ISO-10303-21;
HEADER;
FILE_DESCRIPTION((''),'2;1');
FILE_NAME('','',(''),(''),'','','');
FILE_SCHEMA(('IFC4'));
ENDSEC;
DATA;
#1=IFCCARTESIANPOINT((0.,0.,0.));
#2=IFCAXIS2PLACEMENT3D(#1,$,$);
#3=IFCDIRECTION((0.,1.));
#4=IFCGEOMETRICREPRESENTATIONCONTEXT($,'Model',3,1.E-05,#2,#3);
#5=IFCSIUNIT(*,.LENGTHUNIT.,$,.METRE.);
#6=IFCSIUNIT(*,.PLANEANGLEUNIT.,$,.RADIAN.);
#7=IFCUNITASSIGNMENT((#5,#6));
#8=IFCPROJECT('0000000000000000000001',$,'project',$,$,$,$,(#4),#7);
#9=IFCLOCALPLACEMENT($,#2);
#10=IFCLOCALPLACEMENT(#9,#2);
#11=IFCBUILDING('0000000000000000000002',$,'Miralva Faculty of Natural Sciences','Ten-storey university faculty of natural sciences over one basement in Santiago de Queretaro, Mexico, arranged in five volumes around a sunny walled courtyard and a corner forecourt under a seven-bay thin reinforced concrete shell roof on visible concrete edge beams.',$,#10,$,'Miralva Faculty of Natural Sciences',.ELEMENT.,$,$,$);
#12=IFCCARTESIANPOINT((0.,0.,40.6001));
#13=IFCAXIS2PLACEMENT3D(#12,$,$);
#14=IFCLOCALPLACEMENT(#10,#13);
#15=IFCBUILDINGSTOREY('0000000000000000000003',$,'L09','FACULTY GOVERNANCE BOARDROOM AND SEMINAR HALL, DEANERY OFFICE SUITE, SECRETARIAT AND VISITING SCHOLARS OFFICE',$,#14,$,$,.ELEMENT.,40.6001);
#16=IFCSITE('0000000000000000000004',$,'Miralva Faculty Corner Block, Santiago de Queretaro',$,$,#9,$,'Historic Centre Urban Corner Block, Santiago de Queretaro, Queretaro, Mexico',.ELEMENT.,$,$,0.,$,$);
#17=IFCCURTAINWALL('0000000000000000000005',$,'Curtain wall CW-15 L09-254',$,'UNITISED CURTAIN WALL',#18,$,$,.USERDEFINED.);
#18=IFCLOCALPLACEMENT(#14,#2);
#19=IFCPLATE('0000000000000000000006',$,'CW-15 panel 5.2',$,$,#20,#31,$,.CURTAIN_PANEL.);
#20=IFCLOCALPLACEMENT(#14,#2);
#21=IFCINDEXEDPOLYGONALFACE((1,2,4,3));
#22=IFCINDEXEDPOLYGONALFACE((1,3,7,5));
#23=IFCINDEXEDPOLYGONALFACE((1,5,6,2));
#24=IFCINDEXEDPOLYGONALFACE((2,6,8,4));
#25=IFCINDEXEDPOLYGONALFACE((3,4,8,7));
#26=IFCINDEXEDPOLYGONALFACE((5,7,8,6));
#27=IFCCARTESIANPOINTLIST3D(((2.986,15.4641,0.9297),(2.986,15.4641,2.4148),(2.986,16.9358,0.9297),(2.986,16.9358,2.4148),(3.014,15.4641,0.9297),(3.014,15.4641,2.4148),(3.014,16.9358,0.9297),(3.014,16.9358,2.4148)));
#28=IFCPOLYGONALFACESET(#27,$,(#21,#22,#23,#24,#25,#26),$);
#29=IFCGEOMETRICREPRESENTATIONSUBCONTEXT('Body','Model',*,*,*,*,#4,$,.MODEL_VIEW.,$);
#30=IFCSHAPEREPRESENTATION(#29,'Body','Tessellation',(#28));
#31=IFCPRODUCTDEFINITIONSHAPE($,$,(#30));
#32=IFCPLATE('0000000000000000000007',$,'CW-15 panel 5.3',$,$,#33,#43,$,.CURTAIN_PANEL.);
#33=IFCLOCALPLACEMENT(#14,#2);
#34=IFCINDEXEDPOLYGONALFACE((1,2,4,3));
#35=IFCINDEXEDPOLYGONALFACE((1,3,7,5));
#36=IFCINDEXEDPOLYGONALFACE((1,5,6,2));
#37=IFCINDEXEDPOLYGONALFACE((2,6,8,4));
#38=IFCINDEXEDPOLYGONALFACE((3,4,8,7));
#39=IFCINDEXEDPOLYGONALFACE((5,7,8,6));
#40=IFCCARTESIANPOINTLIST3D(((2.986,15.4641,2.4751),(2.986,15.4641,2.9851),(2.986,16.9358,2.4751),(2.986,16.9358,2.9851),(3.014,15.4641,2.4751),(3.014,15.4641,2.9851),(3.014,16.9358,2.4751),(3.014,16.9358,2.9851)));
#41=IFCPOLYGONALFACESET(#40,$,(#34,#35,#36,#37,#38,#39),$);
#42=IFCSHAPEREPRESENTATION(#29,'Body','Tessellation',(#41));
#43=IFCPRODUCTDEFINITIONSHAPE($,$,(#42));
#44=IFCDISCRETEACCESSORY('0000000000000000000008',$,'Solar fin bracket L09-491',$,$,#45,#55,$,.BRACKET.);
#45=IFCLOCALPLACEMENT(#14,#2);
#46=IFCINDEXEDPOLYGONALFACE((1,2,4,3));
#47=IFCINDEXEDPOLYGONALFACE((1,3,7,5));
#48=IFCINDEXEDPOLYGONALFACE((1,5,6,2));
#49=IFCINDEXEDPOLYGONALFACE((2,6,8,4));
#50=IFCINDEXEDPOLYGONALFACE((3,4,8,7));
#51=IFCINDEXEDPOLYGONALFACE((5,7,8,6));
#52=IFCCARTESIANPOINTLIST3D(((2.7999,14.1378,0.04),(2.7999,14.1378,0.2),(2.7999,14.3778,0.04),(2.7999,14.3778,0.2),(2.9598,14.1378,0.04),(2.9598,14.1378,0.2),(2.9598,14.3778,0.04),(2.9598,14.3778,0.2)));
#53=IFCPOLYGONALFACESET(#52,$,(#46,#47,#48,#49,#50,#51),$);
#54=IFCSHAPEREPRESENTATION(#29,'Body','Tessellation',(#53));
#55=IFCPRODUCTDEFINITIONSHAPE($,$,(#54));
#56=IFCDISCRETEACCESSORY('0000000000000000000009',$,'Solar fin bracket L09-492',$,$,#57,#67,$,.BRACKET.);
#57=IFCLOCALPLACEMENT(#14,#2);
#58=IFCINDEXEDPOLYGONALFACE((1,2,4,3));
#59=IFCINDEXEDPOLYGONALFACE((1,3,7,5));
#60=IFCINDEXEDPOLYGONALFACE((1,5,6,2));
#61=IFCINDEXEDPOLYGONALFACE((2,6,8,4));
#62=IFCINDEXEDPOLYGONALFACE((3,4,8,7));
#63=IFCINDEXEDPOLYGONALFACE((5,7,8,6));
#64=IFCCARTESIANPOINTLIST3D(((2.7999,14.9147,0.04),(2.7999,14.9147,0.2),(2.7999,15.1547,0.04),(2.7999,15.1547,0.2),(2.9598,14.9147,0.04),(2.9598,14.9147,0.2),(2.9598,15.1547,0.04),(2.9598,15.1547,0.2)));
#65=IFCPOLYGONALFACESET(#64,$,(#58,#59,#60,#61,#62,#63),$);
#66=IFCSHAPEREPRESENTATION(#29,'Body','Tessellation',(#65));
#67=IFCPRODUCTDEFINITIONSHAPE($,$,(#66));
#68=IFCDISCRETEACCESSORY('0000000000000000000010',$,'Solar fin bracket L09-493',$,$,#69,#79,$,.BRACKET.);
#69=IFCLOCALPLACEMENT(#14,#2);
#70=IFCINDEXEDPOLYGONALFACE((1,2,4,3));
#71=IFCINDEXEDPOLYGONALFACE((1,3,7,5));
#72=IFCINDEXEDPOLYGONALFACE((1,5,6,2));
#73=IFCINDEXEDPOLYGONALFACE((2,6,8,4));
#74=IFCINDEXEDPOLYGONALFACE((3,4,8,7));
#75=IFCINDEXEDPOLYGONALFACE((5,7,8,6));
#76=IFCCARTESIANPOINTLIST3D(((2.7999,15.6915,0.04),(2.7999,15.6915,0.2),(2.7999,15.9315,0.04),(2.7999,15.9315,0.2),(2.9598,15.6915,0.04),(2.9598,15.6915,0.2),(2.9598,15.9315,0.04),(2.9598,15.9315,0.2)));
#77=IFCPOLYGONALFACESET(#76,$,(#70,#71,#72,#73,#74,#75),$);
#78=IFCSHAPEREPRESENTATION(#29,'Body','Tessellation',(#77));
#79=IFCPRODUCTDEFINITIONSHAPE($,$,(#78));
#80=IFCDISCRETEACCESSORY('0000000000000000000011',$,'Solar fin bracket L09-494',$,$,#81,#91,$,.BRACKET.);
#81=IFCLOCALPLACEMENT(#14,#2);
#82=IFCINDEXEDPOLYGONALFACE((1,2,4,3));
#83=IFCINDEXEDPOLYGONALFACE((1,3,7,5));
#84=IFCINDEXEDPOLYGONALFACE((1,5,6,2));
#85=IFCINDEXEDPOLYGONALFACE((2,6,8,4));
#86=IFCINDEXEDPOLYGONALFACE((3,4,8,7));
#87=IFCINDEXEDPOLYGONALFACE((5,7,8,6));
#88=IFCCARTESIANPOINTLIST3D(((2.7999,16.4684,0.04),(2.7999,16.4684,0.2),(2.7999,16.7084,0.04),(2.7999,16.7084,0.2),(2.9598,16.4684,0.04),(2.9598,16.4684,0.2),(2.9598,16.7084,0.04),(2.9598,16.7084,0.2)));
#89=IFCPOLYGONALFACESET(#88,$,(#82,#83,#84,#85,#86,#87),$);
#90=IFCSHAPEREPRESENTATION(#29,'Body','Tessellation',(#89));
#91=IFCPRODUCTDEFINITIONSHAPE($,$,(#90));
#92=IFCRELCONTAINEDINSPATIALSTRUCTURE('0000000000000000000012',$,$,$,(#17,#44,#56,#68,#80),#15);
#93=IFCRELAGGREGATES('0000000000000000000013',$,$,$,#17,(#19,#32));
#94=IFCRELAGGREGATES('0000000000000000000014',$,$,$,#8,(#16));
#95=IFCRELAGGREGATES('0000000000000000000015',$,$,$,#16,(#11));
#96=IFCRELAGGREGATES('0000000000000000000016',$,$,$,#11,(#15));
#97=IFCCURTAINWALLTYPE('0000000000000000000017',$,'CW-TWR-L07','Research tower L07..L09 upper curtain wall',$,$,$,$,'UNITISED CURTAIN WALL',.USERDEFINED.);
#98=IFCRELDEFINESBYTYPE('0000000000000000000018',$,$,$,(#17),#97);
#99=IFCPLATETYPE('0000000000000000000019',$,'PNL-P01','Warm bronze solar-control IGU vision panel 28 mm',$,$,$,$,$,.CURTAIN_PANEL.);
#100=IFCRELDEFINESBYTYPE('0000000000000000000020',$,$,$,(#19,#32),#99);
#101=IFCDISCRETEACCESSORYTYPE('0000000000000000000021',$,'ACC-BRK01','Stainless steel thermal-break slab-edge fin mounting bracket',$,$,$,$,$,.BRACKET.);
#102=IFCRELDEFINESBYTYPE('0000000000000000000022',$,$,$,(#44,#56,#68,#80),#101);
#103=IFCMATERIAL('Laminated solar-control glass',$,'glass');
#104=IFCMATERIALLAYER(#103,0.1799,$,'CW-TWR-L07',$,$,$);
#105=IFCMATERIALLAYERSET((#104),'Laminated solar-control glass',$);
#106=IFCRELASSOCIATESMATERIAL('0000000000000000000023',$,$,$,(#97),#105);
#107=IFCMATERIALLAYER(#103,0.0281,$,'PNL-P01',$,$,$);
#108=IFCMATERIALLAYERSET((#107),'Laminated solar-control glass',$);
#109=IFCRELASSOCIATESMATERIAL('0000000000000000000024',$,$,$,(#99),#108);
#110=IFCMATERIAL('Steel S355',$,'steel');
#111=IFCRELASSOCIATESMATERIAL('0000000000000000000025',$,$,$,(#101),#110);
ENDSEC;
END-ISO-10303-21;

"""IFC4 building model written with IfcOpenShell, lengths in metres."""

from ifc_helpers import new_model, si_unit, direction, frame, origin, origin_2d, place, context, subcontext, project, spatial, rectangle, extrude, material, layer, layer_set, type_object, element, aggregate, save


model = new_model("IFC4")

# Units and contexts
model_context = context("Model", 3, precision=1e-05, world=origin(), true_north=direction((0.0, 1.0)))
body_context = subcontext(model_context, "Body", "Model", "MODEL_VIEW")
ifc_project = project(units=[si_unit("LENGTHUNIT", "METRE"), si_unit("PLANEANGLEUNIT", "RADIAN")], contexts=[model_context])

# Site, building, storey
site_placement = place(None, origin())
site = spatial("IfcSite", under=ifc_project, at=site_placement, Name="Miralva Faculty Corner Block, Santiago de Queretaro", LongName="Historic Centre Urban Corner Block, Santiago de Queretaro, Queretaro, Mexico", CompositionType="ELEMENT", RefElevation=0.0)
building_placement = place(site_placement, origin())
building = spatial("IfcBuilding", under=site, at=building_placement, Name="Miralva Faculty of Natural Sciences", Description="Ten-storey university faculty of natural sciences over one basement in Santiago de Queretaro, Mexico, arranged in five volumes around a sunny walled courtyard and a corner forecourt under a seven-bay thin reinforced concrete shell roof on visible concrete edge beams.", LongName="Miralva Faculty of Natural Sciences", CompositionType="ELEMENT")
storey_placement = place(building_placement, frame((0.0, 0.0, 40.6001)))
storey = spatial("IfcBuildingStorey", under=building, at=storey_placement, Name="L09", Description="FACULTY GOVERNANCE BOARDROOM AND SEMINAR HALL, DEANERY OFFICE SUITE, SECRETARIAT AND VISITING SCHOLARS OFFICE", CompositionType="ELEMENT", Elevation=40.6001)

# Curtain wall
ifc_material_1 = material(Name="Laminated solar-control glass", Category="glass")
ifc_layer_1 = layer(ifc_material_1, 0.1799, Name="CW-TWR-L07")
ifc_layer_set_1 = layer_set([ifc_layer_1], Name="Laminated solar-control glass")
curtain_wall_type = type_object("IfcCurtainWallType", Name="CW-TWR-L07", Description="Research tower L07..L09 upper curtain wall", ElementType="UNITISED CURTAIN WALL", PredefinedType="USERDEFINED", material=ifc_layer_set_1)
curtain_wall_placement = place(storey_placement, origin())
curtain_wall = element("IfcCurtainWall", 1, at=curtain_wall_placement, inside=storey, type_object=curtain_wall_type, Name="Curtain wall CW-15 L09-254", ObjectType="UNITISED CURTAIN WALL", PredefinedType="USERDEFINED")

# Plates
ifc_layer_2 = layer(ifc_material_1, 0.0281, Name="PNL-P01")
ifc_layer_set_2 = layer_set([ifc_layer_2], Name="Laminated solar-control glass")
plate_type = type_object("IfcPlateType", Name="PNL-P01", Description="Warm bronze solar-control IGU vision panel 28 mm", PredefinedType="CURTAIN_PANEL", material=ifc_layer_set_2)
plate_1_placement = place(storey_placement, frame((3.0, 16.2, 0.9297), z_axis=(0.0, 0.0, 1.0), x_axis=(0.0, 1.0, 0.0)))
plate_1 = element("IfcPlate", 2, at=plate_1_placement, type_object=plate_type, Name="CW-15 panel 5.2", PredefinedType="CURTAIN_PANEL", context=body_context, shape_type="SweptSolid", body=[
    extrude(rectangle(XDim=1.4717, YDim=0.0281, at=origin_2d()), origin(), (0.0, 0.0, 1.0), 1.4851),
])
plate_2_placement = place(storey_placement, frame((3.0, 16.2, 2.4751), z_axis=(0.0, 0.0, 1.0), x_axis=(0.0, 1.0, 0.0)))
plate_2 = element("IfcPlate", 3, at=plate_2_placement, type_object=plate_type, Name="CW-15 panel 5.3", PredefinedType="CURTAIN_PANEL", context=body_context, shape_type="SweptSolid", body=[
    extrude(rectangle(XDim=1.4717, YDim=0.0281, at=origin_2d()), origin(), (0.0, 0.0, 1.0), 0.51),
])
aggregate(curtain_wall, [plate_1, plate_2])

# Discrete accessories
ifc_material_2 = material(Name="Steel S355", Category="steel")
discrete_accessory_type = type_object("IfcDiscreteAccessoryType", Name="ACC-BRK01", Description="Stainless steel thermal-break slab-edge fin mounting bracket", PredefinedType="BRACKET", material=ifc_material_2)
for number, where, z_axis, x_axis, name in (
    (4, (2.8799, 14.2578, 0.04), (0.0, 0.0, 1.0), (-1.0, 0.0, 0.0), "Solar fin bracket L09-491"),
    (5, (2.8799, 15.0347, 0.04), (0.0, 0.0, 1.0), (-1.0, 0.0, 0.0), "Solar fin bracket L09-492"),
    (6, (2.8799, 15.8115, 0.04), (0.0, 0.0, 1.0), (-1.0, 0.0, 0.0), "Solar fin bracket L09-493"),
    (7, (2.8799, 16.5884, 0.04), (0.0, 0.0, 1.0), (-1.0, 0.0, 0.0), "Solar fin bracket L09-494"),
):
    element("IfcDiscreteAccessory", number, at=place(storey_placement, frame(where, z_axis=z_axis, x_axis=x_axis)), inside=storey, type_object=discrete_accessory_type, Name=name, PredefinedType="BRACKET", context=body_context, shape_type="SweptSolid", body=[
        extrude(rectangle(XDim=0.1599, YDim=0.24, at=origin_2d()), origin(), (0.0, 0.0, 1.0), 0.1599),
    ])

save(model, "model.ifc")
